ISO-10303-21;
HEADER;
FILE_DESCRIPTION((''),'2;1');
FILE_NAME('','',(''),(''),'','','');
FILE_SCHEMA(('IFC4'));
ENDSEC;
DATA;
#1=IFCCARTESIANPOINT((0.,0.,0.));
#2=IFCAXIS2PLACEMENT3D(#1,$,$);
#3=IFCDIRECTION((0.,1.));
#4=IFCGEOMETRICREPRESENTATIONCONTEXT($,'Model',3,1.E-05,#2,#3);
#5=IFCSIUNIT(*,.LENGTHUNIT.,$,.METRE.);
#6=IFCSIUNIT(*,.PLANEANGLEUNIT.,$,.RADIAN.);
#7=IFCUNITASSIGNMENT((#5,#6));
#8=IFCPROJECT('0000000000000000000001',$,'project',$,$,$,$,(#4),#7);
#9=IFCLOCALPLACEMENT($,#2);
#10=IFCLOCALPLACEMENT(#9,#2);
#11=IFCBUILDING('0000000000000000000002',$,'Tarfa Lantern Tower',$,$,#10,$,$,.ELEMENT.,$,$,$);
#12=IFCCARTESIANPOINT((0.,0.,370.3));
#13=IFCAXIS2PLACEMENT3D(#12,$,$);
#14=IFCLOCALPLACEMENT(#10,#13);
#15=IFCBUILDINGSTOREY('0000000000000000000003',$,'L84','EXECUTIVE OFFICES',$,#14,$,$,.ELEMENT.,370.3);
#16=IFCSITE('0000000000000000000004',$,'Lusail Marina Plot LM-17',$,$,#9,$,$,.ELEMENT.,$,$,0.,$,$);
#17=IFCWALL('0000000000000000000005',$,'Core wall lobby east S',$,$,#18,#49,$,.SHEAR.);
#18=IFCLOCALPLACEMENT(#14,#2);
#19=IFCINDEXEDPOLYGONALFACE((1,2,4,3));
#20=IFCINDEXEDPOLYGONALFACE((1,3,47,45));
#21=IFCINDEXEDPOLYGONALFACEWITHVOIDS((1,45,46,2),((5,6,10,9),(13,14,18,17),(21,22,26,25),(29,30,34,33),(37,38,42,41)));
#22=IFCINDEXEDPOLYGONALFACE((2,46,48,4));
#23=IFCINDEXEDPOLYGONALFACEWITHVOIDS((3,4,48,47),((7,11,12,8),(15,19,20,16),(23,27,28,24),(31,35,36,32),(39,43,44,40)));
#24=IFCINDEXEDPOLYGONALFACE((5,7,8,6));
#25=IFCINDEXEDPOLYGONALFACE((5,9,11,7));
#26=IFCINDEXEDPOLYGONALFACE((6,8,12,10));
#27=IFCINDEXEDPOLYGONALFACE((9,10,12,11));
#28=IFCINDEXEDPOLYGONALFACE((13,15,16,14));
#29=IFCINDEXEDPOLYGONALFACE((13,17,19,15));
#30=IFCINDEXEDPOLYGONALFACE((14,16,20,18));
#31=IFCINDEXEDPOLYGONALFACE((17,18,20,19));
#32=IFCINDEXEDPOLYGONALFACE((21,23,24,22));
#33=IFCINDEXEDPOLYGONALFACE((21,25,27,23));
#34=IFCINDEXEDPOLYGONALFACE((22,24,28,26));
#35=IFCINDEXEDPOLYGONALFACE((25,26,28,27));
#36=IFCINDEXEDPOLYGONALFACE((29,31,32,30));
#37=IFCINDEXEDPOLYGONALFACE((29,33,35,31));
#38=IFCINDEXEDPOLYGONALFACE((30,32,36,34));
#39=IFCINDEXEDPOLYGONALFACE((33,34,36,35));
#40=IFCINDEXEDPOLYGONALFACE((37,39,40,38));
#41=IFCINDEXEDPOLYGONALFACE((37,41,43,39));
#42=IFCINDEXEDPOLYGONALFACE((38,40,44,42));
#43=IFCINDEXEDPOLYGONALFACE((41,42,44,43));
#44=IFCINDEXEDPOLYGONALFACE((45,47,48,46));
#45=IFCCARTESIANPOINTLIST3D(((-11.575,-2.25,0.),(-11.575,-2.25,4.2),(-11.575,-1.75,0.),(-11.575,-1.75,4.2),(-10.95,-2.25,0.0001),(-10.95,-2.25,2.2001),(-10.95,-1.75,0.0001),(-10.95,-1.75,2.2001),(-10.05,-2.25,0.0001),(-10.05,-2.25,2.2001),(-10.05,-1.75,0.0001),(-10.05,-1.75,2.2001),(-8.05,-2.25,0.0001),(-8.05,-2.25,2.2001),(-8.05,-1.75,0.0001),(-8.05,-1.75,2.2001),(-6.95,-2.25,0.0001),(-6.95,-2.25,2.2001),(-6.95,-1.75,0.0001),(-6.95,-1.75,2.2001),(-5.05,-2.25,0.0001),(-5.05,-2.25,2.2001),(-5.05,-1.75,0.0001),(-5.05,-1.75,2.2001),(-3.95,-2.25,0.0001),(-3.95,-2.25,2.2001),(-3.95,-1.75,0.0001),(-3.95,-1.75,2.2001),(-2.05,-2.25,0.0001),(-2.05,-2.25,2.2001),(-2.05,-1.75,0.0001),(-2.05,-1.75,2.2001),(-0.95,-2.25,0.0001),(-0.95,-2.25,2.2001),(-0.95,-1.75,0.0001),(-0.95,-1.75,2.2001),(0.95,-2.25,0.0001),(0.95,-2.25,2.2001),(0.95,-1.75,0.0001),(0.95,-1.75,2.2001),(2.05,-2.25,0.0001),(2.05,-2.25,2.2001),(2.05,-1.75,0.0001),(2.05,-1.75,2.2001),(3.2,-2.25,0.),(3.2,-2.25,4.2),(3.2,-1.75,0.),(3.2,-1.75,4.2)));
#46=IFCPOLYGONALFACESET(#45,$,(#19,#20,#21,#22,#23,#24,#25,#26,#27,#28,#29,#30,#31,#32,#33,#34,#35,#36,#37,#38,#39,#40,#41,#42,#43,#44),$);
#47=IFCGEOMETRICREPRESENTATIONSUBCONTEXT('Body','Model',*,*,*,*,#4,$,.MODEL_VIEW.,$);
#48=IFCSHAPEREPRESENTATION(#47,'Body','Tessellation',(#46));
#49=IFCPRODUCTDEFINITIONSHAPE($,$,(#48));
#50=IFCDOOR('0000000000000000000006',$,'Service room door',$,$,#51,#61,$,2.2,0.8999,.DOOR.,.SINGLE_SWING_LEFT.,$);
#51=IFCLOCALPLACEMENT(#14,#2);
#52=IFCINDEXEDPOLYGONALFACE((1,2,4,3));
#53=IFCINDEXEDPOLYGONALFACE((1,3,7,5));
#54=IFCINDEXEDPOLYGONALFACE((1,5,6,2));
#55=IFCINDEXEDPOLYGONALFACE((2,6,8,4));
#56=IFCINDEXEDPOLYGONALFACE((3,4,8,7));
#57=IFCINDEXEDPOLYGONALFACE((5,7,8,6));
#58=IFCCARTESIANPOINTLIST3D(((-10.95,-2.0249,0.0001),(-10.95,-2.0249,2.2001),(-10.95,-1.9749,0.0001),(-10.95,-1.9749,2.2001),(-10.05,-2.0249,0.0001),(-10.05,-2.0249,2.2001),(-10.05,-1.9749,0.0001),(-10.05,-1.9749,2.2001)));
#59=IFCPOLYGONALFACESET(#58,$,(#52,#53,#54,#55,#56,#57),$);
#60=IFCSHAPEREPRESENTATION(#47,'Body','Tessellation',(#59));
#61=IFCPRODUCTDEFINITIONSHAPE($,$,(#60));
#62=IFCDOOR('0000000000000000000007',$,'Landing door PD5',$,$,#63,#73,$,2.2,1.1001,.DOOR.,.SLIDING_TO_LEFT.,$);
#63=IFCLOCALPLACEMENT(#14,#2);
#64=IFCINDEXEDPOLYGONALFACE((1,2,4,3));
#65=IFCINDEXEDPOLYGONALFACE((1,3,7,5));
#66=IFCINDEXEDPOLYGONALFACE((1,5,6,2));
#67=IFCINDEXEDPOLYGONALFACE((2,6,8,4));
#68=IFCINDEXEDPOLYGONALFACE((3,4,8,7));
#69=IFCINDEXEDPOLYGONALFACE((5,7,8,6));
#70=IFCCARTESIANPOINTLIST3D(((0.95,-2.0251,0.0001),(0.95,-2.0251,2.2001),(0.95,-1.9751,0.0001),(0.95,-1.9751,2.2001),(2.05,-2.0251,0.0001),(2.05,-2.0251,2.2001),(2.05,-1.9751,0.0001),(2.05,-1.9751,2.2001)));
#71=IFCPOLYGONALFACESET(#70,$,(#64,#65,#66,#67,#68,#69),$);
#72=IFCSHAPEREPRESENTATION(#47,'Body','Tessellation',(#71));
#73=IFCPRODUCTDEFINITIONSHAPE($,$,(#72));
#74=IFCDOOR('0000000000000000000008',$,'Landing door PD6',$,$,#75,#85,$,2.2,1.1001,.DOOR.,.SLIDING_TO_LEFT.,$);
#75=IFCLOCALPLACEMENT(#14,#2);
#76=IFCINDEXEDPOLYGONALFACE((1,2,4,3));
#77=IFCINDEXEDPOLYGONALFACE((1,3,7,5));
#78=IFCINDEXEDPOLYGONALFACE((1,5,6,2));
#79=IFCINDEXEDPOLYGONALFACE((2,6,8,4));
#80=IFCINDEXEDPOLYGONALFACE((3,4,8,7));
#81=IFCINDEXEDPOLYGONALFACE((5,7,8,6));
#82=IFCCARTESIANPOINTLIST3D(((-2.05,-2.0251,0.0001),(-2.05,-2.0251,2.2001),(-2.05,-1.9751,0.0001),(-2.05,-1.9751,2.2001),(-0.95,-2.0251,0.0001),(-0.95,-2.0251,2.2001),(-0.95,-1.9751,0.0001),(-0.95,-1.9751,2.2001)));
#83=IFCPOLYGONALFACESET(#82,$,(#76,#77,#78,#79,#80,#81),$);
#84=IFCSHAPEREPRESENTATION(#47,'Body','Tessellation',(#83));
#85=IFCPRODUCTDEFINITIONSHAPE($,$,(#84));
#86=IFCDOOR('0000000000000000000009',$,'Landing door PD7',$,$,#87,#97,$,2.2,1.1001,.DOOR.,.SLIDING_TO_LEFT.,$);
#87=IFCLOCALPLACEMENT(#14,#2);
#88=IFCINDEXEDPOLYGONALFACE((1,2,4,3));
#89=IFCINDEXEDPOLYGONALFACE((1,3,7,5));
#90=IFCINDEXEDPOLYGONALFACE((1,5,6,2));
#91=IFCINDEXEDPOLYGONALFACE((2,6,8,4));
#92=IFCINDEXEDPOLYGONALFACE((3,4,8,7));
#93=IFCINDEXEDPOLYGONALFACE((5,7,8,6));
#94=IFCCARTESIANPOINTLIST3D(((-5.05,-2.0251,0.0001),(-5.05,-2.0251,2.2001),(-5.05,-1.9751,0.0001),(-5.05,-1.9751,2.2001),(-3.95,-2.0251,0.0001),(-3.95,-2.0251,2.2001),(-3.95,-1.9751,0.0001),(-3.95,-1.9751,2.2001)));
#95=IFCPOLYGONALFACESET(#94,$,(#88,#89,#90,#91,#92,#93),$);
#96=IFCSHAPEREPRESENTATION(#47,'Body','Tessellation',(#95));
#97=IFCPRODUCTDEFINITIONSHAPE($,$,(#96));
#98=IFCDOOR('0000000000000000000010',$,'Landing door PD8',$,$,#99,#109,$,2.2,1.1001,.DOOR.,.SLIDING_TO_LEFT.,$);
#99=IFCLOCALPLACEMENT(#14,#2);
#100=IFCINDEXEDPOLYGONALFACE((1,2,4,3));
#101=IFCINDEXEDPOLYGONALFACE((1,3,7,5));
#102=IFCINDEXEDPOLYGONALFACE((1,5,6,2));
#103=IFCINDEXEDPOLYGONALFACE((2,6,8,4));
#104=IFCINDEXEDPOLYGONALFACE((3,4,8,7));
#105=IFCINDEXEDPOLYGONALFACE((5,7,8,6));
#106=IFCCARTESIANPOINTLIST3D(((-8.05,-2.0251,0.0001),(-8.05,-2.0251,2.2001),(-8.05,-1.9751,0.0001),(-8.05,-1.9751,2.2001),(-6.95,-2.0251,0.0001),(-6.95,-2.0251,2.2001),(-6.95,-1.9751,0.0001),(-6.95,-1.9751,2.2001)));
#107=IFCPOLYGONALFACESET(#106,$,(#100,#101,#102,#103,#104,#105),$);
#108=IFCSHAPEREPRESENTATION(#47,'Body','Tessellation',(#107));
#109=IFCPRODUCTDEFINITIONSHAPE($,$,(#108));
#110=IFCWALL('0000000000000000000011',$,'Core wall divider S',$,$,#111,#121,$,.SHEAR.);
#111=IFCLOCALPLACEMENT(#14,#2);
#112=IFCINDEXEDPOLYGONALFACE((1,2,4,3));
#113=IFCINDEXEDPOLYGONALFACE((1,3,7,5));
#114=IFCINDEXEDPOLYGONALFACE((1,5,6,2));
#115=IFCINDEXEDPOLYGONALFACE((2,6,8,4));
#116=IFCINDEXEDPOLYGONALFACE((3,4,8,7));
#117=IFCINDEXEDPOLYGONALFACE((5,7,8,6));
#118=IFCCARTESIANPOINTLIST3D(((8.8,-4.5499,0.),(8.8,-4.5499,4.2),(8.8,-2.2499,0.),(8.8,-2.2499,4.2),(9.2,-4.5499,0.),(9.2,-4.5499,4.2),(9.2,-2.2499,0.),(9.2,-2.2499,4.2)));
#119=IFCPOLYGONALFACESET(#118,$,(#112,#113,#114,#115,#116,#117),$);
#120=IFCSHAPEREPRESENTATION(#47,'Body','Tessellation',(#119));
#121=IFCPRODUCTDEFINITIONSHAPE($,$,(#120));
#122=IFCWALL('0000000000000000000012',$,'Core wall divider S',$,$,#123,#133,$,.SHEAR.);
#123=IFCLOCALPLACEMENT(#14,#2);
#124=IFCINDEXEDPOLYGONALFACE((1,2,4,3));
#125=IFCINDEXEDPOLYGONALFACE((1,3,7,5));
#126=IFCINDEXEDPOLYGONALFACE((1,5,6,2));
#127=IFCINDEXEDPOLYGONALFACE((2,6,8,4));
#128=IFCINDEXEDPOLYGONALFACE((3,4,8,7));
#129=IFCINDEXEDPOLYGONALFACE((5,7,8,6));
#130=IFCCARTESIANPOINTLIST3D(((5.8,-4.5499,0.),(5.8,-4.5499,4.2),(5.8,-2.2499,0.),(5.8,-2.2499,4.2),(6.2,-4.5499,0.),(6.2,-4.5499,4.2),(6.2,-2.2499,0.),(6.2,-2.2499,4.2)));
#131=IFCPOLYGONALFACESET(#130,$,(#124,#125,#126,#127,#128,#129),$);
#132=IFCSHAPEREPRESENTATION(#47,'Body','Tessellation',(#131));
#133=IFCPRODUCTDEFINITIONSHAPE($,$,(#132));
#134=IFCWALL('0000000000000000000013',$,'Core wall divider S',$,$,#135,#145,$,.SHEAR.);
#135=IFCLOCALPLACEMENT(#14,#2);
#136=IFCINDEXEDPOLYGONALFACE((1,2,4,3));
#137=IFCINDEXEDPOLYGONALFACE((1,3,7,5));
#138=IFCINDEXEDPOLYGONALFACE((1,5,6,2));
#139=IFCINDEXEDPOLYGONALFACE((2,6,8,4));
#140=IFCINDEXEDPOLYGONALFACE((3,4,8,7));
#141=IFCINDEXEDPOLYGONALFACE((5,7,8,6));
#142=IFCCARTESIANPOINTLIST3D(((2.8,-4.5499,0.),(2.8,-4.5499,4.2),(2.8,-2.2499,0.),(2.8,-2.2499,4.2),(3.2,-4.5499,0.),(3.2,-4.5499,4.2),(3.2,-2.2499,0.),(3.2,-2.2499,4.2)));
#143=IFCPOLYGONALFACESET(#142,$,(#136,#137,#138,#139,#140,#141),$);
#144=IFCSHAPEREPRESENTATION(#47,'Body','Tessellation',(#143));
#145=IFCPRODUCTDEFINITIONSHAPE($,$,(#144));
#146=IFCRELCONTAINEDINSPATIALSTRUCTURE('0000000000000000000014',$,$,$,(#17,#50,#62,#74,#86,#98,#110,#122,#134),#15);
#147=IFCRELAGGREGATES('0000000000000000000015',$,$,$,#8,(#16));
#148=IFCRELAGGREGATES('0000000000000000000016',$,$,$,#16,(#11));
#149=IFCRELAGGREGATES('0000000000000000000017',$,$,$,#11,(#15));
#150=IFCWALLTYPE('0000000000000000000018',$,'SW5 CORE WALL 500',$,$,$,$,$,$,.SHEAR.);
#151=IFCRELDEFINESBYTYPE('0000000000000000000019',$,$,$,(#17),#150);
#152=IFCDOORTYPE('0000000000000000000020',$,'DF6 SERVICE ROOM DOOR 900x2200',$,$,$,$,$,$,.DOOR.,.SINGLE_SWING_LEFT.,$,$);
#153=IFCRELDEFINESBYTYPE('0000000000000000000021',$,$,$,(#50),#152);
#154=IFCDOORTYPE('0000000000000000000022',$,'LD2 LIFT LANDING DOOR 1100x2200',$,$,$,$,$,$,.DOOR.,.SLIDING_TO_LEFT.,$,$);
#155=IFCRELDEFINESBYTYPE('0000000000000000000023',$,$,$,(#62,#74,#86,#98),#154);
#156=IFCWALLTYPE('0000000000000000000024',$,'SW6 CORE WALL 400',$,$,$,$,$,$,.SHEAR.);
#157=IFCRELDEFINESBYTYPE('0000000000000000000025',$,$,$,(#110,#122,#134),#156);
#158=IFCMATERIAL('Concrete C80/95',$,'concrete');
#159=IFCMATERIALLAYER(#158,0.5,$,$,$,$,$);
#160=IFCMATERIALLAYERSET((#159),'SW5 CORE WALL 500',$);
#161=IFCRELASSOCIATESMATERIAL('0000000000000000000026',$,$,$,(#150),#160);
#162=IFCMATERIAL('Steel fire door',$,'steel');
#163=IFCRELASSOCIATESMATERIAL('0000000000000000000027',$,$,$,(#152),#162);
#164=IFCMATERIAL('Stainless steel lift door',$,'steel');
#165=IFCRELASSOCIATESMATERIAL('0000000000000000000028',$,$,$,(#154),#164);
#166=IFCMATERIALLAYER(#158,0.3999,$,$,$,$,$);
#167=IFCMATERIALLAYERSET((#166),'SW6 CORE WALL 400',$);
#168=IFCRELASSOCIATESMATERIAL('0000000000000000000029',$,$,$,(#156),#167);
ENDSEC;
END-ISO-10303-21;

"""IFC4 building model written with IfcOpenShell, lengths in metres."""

from ifc_helpers import new_model, si_unit, direction, frame, frame_2d, origin, place, context, subcontext, project, spatial, rectangle, extrude, material, layer, layer_set, type_object, element, fill, save


model = new_model("IFC4")

# Units and contexts
model_context = context("Model", 3, precision=1e-05, world=origin(), true_north=direction((0.0, 1.0)))
body_context = subcontext(model_context, "Body", "Model", "MODEL_VIEW")
ifc_project = project(units=[si_unit("LENGTHUNIT", "METRE"), si_unit("PLANEANGLEUNIT", "RADIAN")], contexts=[model_context])

# Site, building, storey
site_placement = place(None, origin())
site = spatial("IfcSite", under=ifc_project, at=site_placement, Name="Lusail Marina Plot LM-17", CompositionType="ELEMENT", RefElevation=0.0)
building_placement = place(site_placement, origin())
building = spatial("IfcBuilding", under=site, at=building_placement, Name="Tarfa Lantern Tower", CompositionType="ELEMENT")
storey_placement = place(building_placement, frame((0.0, 0.0, 370.3)))
storey = spatial("IfcBuildingStorey", under=building, at=storey_placement, Name="L84", Description="EXECUTIVE OFFICES", CompositionType="ELEMENT", Elevation=370.3)

# Shared definitions
ifc_material_1 = material(Name="Concrete C80/95", Category="concrete")

# Shared definitions
ifc_material_2 = material(Name="Steel fire door", Category="steel")

# Wall, openings, doors
ifc_layer_1 = layer(ifc_material_1, 0.5)
ifc_layer_set_1 = layer_set([ifc_layer_1], Name="SW5 CORE WALL 500")
wall_type_1 = type_object("IfcWallType", Name="SW5 CORE WALL 500", PredefinedType="SHEAR", material=ifc_layer_set_1)
wall_1_placement = place(storey_placement, frame((3.2, -2.0, 0.0), z_axis=(0.0, 0.0, 1.0), x_axis=(-1.0, 0.0, 0.0)))
wall_1 = element("IfcWall", 1, at=wall_1_placement, inside=storey, type_object=wall_type_1, Name="Core wall lobby east S", PredefinedType="SHEAR", context=body_context, shape_type="SweptSolid", body=[
    extrude(rectangle(XDim=14.7749, YDim=0.5, at=frame_2d((7.3875, 0.0))), origin(), (0.0, 0.0, 1.0), 4.2),
])
opening_1_placement = place(wall_1_placement, frame((13.25, 0.0, 0.0)))
opening_1 = element("IfcOpeningElement", 2, at=opening_1_placement, cuts=wall_1, PredefinedType="OPENING", context=body_context, shape_type="SweptSolid", body=[
    extrude(rectangle(XDim=0.8999, YDim=2.2, at=frame_2d((0.45, 1.1001))), frame((0.0, 0.26, 0.0), z_axis=(0.0, -1.0, 0.0), x_axis=(1.0, 0.0, 0.0)), (0.0, 0.0, 1.0), 0.52),
])
opening_2_placement = place(wall_1_placement, frame((1.1499, 0.0, 0.0)))
opening_2 = element("IfcOpeningElement", 3, at=opening_2_placement, cuts=wall_1, PredefinedType="OPENING", context=body_context, shape_type="SweptSolid", body=[
    extrude(rectangle(XDim=1.1001, YDim=2.2, at=frame_2d((0.55, 1.1001))), frame((0.0, 0.26, 0.0), z_axis=(0.0, -1.0, 0.0), x_axis=(1.0, 0.0, 0.0)), (0.0, 0.0, 1.0), 0.52),
])
opening_3_placement = place(wall_1_placement, frame((4.1499, 0.0, 0.0)))
opening_3 = element("IfcOpeningElement", 4, at=opening_3_placement, cuts=wall_1, PredefinedType="OPENING", context=body_context, shape_type="SweptSolid", body=[
    extrude(rectangle(XDim=1.1001, YDim=2.2, at=frame_2d((0.55, 1.1001))), frame((0.0, 0.26, 0.0), z_axis=(0.0, -1.0, 0.0), x_axis=(1.0, 0.0, 0.0)), (0.0, 0.0, 1.0), 0.52),
])
opening_4_placement = place(wall_1_placement, frame((7.1499, 0.0, 0.0)))
opening_4 = element("IfcOpeningElement", 5, at=opening_4_placement, cuts=wall_1, PredefinedType="OPENING", context=body_context, shape_type="SweptSolid", body=[
    extrude(rectangle(XDim=1.1001, YDim=2.2, at=frame_2d((0.55, 1.1001))), frame((0.0, 0.26, 0.0), z_axis=(0.0, -1.0, 0.0), x_axis=(1.0, 0.0, 0.0)), (0.0, 0.0, 1.0), 0.52),
])
opening_5_placement = place(wall_1_placement, frame((10.1499, 0.0, 0.0)))
opening_5 = element("IfcOpeningElement", 6, at=opening_5_placement, cuts=wall_1, PredefinedType="OPENING", context=body_context, shape_type="SweptSolid", body=[
    extrude(rectangle(XDim=1.1001, YDim=2.2, at=frame_2d((0.55, 1.1001))), frame((0.0, 0.26, 0.0), z_axis=(0.0, -1.0, 0.0), x_axis=(1.0, 0.0, 0.0)), (0.0, 0.0, 1.0), 0.52),
])
door_type_1 = type_object("IfcDoorType", Name="DF6 SERVICE ROOM DOOR 900x2200", OperationType="SINGLE_SWING_LEFT", PredefinedType="DOOR", material=ifc_material_2)
door_1_placement = place(opening_1_placement, origin())
door_1 = element("IfcDoor", 7, at=door_1_placement, inside=storey, type_object=door_type_1, Name="Service room door", OperationType="SINGLE_SWING_LEFT", OverallHeight=2.2, OverallWidth=0.8999, PredefinedType="DOOR", context=body_context, shape_type="SweptSolid", body=[
    extrude(rectangle(XDim=0.8999, YDim=2.2, at=frame_2d((0.45, 1.1001))), frame((0.0, 0.0249, 0.0), z_axis=(0.0, -1.0, 0.0), x_axis=(1.0, 0.0, 0.0)), (0.0, 0.0, 1.0), 0.05),
])
fill(opening_1, door_1)
ifc_material_3 = material(Name="Stainless steel lift door", Category="steel")
door_type_2 = type_object("IfcDoorType", Name="LD2 LIFT LANDING DOOR 1100x2200", OperationType="SLIDING_TO_LEFT", PredefinedType="DOOR", material=ifc_material_3)
door_2_placement = place(opening_2_placement, frame((1.1001, 0.0, 0.0), z_axis=(0.0, 0.0, 1.0), x_axis=(-1.0, 0.0, 0.0)))
door_2 = element("IfcDoor", 8, at=door_2_placement, inside=storey, type_object=door_type_2, Name="Landing door PD5", OperationType="SLIDING_TO_LEFT", OverallHeight=2.2, OverallWidth=1.1001, PredefinedType="DOOR", context=body_context, shape_type="SweptSolid", body=[
    extrude(rectangle(XDim=1.1001, YDim=2.2, at=frame_2d((0.55, 1.1001))), frame((0.0, 0.0249, 0.0), z_axis=(0.0, -1.0, 0.0), x_axis=(1.0, 0.0, 0.0)), (0.0, 0.0, 1.0), 0.05),
])
fill(opening_2, door_2)
door_3_placement = place(opening_3_placement, frame((1.1001, 0.0, 0.0), z_axis=(0.0, 0.0, 1.0), x_axis=(-1.0, 0.0, 0.0)))
door_3 = element("IfcDoor", 9, at=door_3_placement, inside=storey, type_object=door_type_2, Name="Landing door PD6", OperationType="SLIDING_TO_LEFT", OverallHeight=2.2, OverallWidth=1.1001, PredefinedType="DOOR", context=body_context, shape_type="SweptSolid", body=[
    extrude(rectangle(XDim=1.1001, YDim=2.2, at=frame_2d((0.55, 1.1001))), frame((0.0, 0.0249, 0.0), z_axis=(0.0, -1.0, 0.0), x_axis=(1.0, 0.0, 0.0)), (0.0, 0.0, 1.0), 0.05),
])
fill(opening_3, door_3)
door_4_placement = place(opening_4_placement, frame((1.1001, 0.0, 0.0), z_axis=(0.0, 0.0, 1.0), x_axis=(-1.0, 0.0, 0.0)))
door_4 = element("IfcDoor", 10, at=door_4_placement, inside=storey, type_object=door_type_2, Name="Landing door PD7", OperationType="SLIDING_TO_LEFT", OverallHeight=2.2, OverallWidth=1.1001, PredefinedType="DOOR", context=body_context, shape_type="SweptSolid", body=[
    extrude(rectangle(XDim=1.1001, YDim=2.2, at=frame_2d((0.55, 1.1001))), frame((0.0, 0.0249, 0.0), z_axis=(0.0, -1.0, 0.0), x_axis=(1.0, 0.0, 0.0)), (0.0, 0.0, 1.0), 0.05),
])
fill(opening_4, door_4)
door_5_placement = place(opening_5_placement, frame((1.1001, 0.0, 0.0), z_axis=(0.0, 0.0, 1.0), x_axis=(-1.0, 0.0, 0.0)))
door_5 = element("IfcDoor", 11, at=door_5_placement, inside=storey, type_object=door_type_2, Name="Landing door PD8", OperationType="SLIDING_TO_LEFT", OverallHeight=2.2, OverallWidth=1.1001, PredefinedType="DOOR", context=body_context, shape_type="SweptSolid", body=[
    extrude(rectangle(XDim=1.1001, YDim=2.2, at=frame_2d((0.55, 1.1001))), frame((0.0, 0.0249, 0.0), z_axis=(0.0, -1.0, 0.0), x_axis=(1.0, 0.0, 0.0)), (0.0, 0.0, 1.0), 0.05),
])
fill(opening_5, door_5)

# Walls
ifc_layer_2 = layer(ifc_material_1, 0.3999)
ifc_layer_set_2 = layer_set([ifc_layer_2], Name="SW6 CORE WALL 400")
wall_type_2 = type_object("IfcWallType", Name="SW6 CORE WALL 400", PredefinedType="SHEAR", material=ifc_layer_set_2)
for number, where, z_axis, x_axis, name in (
    (12, (9.0, -2.25, 0.0), (0.0, 0.0, 1.0), (0.0, -1.0, 0.0), "Core wall divider S"),
    (13, (6.0, -2.25, 0.0), (0.0, 0.0, 1.0), (0.0, -1.0, 0.0), "Core wall divider S"),
    (14, (3.0, -2.25, 0.0), (0.0, 0.0, 1.0), (0.0, -1.0, 0.0), "Core wall divider S"),
):
    element("IfcWall", number, at=place(storey_placement, frame(where, z_axis=z_axis, x_axis=x_axis)), inside=storey, type_object=wall_type_2, Name=name, PredefinedType="SHEAR", context=body_context, shape_type="SweptSolid", body=[
        extrude(rectangle(XDim=2.3, YDim=0.3999, at=frame_2d((1.1499, 0.0))), origin(), (0.0, 0.0, 1.0), 4.2),
    ])

save(model, "model.ifc")
